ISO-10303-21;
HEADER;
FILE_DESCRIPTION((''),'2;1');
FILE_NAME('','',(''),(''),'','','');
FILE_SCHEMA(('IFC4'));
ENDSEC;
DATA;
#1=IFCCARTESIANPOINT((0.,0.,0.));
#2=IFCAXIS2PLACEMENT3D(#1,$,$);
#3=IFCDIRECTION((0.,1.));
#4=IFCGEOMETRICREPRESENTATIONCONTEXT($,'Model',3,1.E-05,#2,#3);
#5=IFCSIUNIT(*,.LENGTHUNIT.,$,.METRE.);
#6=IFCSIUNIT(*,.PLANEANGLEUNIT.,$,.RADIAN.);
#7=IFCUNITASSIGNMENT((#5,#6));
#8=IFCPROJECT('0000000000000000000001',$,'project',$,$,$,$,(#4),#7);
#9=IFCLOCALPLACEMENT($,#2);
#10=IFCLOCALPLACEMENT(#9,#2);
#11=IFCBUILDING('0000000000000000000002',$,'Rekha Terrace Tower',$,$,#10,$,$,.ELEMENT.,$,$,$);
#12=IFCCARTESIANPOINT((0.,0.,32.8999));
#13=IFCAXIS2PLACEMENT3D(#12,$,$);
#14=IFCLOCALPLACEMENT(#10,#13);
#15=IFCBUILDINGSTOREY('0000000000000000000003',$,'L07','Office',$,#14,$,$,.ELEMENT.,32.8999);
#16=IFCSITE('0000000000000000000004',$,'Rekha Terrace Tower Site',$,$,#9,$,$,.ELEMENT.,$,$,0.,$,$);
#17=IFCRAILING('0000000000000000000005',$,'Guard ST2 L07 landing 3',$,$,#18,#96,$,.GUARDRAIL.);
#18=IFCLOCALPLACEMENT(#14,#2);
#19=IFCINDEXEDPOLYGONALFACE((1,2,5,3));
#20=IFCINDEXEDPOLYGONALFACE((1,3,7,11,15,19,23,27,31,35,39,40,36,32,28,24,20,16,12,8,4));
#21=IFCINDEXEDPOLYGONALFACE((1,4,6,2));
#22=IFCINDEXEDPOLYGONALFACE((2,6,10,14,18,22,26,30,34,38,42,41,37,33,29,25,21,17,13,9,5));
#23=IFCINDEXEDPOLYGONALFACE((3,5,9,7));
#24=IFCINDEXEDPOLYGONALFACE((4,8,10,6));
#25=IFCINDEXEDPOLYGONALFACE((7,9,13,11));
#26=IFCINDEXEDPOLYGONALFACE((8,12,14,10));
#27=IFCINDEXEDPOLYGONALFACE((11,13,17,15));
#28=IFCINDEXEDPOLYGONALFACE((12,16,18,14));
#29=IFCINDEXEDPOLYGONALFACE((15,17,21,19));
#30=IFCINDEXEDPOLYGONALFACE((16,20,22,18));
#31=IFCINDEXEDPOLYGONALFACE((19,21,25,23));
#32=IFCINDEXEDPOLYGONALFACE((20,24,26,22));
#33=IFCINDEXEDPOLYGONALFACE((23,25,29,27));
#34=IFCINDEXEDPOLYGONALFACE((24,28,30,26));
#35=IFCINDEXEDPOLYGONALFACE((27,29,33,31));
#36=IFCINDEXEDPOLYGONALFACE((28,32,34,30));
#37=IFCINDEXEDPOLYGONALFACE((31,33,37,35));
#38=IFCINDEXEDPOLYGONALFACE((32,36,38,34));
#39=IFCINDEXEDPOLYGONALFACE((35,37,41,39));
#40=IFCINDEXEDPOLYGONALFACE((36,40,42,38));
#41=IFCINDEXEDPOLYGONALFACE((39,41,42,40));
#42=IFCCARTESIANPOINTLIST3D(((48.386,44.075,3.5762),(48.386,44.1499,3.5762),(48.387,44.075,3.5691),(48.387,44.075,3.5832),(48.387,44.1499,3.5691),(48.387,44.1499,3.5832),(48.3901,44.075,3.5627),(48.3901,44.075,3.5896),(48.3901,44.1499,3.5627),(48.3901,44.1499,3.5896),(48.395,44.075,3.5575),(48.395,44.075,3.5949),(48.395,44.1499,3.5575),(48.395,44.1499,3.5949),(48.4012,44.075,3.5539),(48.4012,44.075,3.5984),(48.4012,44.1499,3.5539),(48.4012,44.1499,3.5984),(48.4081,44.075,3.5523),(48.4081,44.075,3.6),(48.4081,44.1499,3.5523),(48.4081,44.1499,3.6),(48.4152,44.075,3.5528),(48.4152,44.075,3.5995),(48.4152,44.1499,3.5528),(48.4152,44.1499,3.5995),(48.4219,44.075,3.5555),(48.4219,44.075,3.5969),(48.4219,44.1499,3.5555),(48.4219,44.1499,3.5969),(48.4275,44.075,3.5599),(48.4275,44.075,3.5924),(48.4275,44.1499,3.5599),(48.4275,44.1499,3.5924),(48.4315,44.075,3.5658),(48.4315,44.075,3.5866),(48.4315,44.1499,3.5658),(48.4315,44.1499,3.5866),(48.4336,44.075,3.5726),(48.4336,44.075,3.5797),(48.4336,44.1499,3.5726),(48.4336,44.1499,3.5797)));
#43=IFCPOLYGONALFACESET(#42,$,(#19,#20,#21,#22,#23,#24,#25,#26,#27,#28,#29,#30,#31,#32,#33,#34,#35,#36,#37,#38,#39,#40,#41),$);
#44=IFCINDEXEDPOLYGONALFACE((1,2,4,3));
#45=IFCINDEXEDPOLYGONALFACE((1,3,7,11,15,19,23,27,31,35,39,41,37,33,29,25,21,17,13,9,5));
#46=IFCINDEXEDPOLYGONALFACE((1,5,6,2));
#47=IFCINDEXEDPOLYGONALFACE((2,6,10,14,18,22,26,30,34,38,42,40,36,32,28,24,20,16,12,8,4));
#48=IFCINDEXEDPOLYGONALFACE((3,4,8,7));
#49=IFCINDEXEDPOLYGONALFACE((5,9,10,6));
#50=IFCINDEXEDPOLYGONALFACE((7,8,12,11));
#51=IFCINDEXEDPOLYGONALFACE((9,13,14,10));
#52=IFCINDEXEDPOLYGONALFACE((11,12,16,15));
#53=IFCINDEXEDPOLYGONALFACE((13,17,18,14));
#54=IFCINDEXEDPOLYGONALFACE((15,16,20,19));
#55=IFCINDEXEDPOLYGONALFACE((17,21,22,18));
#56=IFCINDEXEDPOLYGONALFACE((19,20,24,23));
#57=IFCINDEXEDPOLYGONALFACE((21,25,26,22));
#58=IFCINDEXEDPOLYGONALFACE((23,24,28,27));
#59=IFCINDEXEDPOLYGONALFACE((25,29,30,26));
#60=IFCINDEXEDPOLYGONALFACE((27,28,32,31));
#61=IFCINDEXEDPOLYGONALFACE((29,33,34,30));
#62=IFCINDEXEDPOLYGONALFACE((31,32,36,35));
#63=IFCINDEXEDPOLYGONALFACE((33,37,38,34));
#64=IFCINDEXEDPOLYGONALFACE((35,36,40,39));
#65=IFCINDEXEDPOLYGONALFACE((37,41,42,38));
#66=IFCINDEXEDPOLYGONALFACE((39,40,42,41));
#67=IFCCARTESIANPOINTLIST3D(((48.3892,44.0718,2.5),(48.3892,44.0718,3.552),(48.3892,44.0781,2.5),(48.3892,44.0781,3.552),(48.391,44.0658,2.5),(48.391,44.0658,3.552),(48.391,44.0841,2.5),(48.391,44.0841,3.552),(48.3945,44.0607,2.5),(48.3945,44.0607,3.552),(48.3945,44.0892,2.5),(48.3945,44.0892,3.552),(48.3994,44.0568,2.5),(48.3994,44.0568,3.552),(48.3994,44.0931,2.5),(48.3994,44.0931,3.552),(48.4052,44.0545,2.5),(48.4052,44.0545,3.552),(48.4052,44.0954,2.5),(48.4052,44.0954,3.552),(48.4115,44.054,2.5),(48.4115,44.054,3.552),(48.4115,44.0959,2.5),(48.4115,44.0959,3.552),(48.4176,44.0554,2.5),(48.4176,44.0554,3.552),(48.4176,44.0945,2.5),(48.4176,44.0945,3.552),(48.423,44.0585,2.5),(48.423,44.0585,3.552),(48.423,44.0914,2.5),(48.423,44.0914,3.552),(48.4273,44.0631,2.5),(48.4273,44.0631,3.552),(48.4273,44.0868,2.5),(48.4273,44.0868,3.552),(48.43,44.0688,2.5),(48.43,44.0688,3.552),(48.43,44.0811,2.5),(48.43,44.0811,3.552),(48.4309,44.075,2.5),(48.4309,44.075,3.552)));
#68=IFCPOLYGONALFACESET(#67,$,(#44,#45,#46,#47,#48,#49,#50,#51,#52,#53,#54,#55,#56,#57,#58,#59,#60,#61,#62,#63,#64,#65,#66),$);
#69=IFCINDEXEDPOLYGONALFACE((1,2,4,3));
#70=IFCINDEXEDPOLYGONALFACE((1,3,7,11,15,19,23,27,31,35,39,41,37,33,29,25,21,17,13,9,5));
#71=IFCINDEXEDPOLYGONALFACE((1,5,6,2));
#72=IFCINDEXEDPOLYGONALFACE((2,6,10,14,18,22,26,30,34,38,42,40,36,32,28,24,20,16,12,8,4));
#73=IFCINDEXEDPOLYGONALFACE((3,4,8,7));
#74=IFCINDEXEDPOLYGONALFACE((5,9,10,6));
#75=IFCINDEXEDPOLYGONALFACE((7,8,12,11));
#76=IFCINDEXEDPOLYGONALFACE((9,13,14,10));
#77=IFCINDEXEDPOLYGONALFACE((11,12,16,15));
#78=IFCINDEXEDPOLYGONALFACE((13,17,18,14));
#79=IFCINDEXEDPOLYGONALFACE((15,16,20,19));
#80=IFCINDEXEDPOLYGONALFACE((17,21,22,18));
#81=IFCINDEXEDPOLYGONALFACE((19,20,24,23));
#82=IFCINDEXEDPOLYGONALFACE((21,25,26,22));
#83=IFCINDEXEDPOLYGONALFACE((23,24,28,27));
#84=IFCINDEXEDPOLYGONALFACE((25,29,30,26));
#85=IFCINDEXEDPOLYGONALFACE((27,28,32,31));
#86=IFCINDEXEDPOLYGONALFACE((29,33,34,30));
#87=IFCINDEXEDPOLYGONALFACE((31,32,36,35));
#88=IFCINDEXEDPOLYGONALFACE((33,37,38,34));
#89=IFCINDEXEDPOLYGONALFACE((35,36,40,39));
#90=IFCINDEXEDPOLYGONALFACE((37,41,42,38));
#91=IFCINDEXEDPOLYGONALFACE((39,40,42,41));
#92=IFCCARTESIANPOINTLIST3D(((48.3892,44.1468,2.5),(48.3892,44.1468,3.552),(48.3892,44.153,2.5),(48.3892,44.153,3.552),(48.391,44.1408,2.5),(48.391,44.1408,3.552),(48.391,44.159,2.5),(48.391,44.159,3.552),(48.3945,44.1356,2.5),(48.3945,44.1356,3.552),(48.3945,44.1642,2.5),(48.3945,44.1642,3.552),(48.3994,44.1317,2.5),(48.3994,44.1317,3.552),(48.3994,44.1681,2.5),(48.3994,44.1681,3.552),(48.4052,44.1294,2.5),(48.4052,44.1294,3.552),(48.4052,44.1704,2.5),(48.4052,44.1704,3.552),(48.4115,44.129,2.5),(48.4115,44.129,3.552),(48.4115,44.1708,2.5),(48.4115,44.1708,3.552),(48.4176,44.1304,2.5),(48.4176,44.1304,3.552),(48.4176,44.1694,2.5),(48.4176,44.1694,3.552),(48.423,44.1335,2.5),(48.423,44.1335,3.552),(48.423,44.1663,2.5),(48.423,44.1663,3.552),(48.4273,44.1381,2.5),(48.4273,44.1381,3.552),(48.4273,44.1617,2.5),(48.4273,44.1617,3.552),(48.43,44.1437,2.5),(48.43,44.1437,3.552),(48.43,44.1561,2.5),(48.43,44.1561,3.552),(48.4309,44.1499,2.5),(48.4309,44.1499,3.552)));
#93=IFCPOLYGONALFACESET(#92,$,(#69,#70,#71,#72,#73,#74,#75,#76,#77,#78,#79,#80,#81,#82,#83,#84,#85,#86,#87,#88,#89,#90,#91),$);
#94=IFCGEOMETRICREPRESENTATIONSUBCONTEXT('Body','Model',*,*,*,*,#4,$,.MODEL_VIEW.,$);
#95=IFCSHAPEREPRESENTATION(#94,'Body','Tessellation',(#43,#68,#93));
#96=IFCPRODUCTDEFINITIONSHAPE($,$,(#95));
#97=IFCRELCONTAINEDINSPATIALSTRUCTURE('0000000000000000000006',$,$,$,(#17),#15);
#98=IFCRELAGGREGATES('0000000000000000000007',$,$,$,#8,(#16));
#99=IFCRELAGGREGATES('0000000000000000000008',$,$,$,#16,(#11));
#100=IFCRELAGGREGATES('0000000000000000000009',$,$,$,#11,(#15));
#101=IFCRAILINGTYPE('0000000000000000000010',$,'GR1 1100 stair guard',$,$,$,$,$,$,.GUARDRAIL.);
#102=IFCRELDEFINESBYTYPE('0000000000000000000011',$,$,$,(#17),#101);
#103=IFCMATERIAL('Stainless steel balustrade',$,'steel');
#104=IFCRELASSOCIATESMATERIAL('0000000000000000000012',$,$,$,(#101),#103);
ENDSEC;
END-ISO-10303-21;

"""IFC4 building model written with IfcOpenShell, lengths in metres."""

from ifc_helpers import new_model, si_unit, direction, frame, origin, origin_2d, place, context, subcontext, project, spatial, circle, extrude, material, type_object, element, save


model = new_model("IFC4")

# Units and contexts
model_context = context("Model", 3, precision=1e-05, world=origin(), true_north=direction((0.0, 1.0)))
body_context = subcontext(model_context, "Body", "Model", "MODEL_VIEW")
ifc_project = project(units=[si_unit("LENGTHUNIT", "METRE"), si_unit("PLANEANGLEUNIT", "RADIAN")], contexts=[model_context])

# Site, building, storey
site_placement = place(None, origin())
site = spatial("IfcSite", under=ifc_project, at=site_placement, Name="Rekha Terrace Tower Site", CompositionType="ELEMENT", RefElevation=0.0)
building_placement = place(site_placement, origin())
building = spatial("IfcBuilding", under=site, at=building_placement, Name="Rekha Terrace Tower", CompositionType="ELEMENT")
storey_placement = place(building_placement, frame((0.0, 0.0, 32.8999)))
storey = spatial("IfcBuildingStorey", under=building, at=storey_placement, Name="L07", Description="Office", CompositionType="ELEMENT", Elevation=32.8999)

# Railing
ifc_material_1 = material(Name="Stainless steel balustrade", Category="steel")
railing_type_1 = type_object("IfcRailingType", Name="GR1 1100 stair guard", PredefinedType="GUARDRAIL", material=ifc_material_1)
railing_1_placement = place(storey_placement, frame((48.4099, 44.075, 2.5)))
element("IfcRailing", 1, at=railing_1_placement, inside=storey, type_object=railing_type_1, Name="Guard ST2 L07 landing 3", PredefinedType="GUARDRAIL", context=body_context, shape_type="SweptSolid", body=[
    extrude(circle(Radius=0.0239, at=origin_2d()), frame((0.0, 0.0, 1.0762), z_axis=(0.0, 1.0, 0.0), x_axis=(-1.0, 0.0, 0.0)), (0.0, 0.0, 1.0), 0.075),
    extrude(circle(Radius=0.021, at=origin_2d()), origin(), (0.0, 0.0, 1.0), 1.052),
    extrude(circle(Radius=0.021, at=origin_2d()), frame((0.0, 0.075, 0.0)), (0.0, 0.0, 1.0), 1.052),
])

save(model, "model.ifc")
